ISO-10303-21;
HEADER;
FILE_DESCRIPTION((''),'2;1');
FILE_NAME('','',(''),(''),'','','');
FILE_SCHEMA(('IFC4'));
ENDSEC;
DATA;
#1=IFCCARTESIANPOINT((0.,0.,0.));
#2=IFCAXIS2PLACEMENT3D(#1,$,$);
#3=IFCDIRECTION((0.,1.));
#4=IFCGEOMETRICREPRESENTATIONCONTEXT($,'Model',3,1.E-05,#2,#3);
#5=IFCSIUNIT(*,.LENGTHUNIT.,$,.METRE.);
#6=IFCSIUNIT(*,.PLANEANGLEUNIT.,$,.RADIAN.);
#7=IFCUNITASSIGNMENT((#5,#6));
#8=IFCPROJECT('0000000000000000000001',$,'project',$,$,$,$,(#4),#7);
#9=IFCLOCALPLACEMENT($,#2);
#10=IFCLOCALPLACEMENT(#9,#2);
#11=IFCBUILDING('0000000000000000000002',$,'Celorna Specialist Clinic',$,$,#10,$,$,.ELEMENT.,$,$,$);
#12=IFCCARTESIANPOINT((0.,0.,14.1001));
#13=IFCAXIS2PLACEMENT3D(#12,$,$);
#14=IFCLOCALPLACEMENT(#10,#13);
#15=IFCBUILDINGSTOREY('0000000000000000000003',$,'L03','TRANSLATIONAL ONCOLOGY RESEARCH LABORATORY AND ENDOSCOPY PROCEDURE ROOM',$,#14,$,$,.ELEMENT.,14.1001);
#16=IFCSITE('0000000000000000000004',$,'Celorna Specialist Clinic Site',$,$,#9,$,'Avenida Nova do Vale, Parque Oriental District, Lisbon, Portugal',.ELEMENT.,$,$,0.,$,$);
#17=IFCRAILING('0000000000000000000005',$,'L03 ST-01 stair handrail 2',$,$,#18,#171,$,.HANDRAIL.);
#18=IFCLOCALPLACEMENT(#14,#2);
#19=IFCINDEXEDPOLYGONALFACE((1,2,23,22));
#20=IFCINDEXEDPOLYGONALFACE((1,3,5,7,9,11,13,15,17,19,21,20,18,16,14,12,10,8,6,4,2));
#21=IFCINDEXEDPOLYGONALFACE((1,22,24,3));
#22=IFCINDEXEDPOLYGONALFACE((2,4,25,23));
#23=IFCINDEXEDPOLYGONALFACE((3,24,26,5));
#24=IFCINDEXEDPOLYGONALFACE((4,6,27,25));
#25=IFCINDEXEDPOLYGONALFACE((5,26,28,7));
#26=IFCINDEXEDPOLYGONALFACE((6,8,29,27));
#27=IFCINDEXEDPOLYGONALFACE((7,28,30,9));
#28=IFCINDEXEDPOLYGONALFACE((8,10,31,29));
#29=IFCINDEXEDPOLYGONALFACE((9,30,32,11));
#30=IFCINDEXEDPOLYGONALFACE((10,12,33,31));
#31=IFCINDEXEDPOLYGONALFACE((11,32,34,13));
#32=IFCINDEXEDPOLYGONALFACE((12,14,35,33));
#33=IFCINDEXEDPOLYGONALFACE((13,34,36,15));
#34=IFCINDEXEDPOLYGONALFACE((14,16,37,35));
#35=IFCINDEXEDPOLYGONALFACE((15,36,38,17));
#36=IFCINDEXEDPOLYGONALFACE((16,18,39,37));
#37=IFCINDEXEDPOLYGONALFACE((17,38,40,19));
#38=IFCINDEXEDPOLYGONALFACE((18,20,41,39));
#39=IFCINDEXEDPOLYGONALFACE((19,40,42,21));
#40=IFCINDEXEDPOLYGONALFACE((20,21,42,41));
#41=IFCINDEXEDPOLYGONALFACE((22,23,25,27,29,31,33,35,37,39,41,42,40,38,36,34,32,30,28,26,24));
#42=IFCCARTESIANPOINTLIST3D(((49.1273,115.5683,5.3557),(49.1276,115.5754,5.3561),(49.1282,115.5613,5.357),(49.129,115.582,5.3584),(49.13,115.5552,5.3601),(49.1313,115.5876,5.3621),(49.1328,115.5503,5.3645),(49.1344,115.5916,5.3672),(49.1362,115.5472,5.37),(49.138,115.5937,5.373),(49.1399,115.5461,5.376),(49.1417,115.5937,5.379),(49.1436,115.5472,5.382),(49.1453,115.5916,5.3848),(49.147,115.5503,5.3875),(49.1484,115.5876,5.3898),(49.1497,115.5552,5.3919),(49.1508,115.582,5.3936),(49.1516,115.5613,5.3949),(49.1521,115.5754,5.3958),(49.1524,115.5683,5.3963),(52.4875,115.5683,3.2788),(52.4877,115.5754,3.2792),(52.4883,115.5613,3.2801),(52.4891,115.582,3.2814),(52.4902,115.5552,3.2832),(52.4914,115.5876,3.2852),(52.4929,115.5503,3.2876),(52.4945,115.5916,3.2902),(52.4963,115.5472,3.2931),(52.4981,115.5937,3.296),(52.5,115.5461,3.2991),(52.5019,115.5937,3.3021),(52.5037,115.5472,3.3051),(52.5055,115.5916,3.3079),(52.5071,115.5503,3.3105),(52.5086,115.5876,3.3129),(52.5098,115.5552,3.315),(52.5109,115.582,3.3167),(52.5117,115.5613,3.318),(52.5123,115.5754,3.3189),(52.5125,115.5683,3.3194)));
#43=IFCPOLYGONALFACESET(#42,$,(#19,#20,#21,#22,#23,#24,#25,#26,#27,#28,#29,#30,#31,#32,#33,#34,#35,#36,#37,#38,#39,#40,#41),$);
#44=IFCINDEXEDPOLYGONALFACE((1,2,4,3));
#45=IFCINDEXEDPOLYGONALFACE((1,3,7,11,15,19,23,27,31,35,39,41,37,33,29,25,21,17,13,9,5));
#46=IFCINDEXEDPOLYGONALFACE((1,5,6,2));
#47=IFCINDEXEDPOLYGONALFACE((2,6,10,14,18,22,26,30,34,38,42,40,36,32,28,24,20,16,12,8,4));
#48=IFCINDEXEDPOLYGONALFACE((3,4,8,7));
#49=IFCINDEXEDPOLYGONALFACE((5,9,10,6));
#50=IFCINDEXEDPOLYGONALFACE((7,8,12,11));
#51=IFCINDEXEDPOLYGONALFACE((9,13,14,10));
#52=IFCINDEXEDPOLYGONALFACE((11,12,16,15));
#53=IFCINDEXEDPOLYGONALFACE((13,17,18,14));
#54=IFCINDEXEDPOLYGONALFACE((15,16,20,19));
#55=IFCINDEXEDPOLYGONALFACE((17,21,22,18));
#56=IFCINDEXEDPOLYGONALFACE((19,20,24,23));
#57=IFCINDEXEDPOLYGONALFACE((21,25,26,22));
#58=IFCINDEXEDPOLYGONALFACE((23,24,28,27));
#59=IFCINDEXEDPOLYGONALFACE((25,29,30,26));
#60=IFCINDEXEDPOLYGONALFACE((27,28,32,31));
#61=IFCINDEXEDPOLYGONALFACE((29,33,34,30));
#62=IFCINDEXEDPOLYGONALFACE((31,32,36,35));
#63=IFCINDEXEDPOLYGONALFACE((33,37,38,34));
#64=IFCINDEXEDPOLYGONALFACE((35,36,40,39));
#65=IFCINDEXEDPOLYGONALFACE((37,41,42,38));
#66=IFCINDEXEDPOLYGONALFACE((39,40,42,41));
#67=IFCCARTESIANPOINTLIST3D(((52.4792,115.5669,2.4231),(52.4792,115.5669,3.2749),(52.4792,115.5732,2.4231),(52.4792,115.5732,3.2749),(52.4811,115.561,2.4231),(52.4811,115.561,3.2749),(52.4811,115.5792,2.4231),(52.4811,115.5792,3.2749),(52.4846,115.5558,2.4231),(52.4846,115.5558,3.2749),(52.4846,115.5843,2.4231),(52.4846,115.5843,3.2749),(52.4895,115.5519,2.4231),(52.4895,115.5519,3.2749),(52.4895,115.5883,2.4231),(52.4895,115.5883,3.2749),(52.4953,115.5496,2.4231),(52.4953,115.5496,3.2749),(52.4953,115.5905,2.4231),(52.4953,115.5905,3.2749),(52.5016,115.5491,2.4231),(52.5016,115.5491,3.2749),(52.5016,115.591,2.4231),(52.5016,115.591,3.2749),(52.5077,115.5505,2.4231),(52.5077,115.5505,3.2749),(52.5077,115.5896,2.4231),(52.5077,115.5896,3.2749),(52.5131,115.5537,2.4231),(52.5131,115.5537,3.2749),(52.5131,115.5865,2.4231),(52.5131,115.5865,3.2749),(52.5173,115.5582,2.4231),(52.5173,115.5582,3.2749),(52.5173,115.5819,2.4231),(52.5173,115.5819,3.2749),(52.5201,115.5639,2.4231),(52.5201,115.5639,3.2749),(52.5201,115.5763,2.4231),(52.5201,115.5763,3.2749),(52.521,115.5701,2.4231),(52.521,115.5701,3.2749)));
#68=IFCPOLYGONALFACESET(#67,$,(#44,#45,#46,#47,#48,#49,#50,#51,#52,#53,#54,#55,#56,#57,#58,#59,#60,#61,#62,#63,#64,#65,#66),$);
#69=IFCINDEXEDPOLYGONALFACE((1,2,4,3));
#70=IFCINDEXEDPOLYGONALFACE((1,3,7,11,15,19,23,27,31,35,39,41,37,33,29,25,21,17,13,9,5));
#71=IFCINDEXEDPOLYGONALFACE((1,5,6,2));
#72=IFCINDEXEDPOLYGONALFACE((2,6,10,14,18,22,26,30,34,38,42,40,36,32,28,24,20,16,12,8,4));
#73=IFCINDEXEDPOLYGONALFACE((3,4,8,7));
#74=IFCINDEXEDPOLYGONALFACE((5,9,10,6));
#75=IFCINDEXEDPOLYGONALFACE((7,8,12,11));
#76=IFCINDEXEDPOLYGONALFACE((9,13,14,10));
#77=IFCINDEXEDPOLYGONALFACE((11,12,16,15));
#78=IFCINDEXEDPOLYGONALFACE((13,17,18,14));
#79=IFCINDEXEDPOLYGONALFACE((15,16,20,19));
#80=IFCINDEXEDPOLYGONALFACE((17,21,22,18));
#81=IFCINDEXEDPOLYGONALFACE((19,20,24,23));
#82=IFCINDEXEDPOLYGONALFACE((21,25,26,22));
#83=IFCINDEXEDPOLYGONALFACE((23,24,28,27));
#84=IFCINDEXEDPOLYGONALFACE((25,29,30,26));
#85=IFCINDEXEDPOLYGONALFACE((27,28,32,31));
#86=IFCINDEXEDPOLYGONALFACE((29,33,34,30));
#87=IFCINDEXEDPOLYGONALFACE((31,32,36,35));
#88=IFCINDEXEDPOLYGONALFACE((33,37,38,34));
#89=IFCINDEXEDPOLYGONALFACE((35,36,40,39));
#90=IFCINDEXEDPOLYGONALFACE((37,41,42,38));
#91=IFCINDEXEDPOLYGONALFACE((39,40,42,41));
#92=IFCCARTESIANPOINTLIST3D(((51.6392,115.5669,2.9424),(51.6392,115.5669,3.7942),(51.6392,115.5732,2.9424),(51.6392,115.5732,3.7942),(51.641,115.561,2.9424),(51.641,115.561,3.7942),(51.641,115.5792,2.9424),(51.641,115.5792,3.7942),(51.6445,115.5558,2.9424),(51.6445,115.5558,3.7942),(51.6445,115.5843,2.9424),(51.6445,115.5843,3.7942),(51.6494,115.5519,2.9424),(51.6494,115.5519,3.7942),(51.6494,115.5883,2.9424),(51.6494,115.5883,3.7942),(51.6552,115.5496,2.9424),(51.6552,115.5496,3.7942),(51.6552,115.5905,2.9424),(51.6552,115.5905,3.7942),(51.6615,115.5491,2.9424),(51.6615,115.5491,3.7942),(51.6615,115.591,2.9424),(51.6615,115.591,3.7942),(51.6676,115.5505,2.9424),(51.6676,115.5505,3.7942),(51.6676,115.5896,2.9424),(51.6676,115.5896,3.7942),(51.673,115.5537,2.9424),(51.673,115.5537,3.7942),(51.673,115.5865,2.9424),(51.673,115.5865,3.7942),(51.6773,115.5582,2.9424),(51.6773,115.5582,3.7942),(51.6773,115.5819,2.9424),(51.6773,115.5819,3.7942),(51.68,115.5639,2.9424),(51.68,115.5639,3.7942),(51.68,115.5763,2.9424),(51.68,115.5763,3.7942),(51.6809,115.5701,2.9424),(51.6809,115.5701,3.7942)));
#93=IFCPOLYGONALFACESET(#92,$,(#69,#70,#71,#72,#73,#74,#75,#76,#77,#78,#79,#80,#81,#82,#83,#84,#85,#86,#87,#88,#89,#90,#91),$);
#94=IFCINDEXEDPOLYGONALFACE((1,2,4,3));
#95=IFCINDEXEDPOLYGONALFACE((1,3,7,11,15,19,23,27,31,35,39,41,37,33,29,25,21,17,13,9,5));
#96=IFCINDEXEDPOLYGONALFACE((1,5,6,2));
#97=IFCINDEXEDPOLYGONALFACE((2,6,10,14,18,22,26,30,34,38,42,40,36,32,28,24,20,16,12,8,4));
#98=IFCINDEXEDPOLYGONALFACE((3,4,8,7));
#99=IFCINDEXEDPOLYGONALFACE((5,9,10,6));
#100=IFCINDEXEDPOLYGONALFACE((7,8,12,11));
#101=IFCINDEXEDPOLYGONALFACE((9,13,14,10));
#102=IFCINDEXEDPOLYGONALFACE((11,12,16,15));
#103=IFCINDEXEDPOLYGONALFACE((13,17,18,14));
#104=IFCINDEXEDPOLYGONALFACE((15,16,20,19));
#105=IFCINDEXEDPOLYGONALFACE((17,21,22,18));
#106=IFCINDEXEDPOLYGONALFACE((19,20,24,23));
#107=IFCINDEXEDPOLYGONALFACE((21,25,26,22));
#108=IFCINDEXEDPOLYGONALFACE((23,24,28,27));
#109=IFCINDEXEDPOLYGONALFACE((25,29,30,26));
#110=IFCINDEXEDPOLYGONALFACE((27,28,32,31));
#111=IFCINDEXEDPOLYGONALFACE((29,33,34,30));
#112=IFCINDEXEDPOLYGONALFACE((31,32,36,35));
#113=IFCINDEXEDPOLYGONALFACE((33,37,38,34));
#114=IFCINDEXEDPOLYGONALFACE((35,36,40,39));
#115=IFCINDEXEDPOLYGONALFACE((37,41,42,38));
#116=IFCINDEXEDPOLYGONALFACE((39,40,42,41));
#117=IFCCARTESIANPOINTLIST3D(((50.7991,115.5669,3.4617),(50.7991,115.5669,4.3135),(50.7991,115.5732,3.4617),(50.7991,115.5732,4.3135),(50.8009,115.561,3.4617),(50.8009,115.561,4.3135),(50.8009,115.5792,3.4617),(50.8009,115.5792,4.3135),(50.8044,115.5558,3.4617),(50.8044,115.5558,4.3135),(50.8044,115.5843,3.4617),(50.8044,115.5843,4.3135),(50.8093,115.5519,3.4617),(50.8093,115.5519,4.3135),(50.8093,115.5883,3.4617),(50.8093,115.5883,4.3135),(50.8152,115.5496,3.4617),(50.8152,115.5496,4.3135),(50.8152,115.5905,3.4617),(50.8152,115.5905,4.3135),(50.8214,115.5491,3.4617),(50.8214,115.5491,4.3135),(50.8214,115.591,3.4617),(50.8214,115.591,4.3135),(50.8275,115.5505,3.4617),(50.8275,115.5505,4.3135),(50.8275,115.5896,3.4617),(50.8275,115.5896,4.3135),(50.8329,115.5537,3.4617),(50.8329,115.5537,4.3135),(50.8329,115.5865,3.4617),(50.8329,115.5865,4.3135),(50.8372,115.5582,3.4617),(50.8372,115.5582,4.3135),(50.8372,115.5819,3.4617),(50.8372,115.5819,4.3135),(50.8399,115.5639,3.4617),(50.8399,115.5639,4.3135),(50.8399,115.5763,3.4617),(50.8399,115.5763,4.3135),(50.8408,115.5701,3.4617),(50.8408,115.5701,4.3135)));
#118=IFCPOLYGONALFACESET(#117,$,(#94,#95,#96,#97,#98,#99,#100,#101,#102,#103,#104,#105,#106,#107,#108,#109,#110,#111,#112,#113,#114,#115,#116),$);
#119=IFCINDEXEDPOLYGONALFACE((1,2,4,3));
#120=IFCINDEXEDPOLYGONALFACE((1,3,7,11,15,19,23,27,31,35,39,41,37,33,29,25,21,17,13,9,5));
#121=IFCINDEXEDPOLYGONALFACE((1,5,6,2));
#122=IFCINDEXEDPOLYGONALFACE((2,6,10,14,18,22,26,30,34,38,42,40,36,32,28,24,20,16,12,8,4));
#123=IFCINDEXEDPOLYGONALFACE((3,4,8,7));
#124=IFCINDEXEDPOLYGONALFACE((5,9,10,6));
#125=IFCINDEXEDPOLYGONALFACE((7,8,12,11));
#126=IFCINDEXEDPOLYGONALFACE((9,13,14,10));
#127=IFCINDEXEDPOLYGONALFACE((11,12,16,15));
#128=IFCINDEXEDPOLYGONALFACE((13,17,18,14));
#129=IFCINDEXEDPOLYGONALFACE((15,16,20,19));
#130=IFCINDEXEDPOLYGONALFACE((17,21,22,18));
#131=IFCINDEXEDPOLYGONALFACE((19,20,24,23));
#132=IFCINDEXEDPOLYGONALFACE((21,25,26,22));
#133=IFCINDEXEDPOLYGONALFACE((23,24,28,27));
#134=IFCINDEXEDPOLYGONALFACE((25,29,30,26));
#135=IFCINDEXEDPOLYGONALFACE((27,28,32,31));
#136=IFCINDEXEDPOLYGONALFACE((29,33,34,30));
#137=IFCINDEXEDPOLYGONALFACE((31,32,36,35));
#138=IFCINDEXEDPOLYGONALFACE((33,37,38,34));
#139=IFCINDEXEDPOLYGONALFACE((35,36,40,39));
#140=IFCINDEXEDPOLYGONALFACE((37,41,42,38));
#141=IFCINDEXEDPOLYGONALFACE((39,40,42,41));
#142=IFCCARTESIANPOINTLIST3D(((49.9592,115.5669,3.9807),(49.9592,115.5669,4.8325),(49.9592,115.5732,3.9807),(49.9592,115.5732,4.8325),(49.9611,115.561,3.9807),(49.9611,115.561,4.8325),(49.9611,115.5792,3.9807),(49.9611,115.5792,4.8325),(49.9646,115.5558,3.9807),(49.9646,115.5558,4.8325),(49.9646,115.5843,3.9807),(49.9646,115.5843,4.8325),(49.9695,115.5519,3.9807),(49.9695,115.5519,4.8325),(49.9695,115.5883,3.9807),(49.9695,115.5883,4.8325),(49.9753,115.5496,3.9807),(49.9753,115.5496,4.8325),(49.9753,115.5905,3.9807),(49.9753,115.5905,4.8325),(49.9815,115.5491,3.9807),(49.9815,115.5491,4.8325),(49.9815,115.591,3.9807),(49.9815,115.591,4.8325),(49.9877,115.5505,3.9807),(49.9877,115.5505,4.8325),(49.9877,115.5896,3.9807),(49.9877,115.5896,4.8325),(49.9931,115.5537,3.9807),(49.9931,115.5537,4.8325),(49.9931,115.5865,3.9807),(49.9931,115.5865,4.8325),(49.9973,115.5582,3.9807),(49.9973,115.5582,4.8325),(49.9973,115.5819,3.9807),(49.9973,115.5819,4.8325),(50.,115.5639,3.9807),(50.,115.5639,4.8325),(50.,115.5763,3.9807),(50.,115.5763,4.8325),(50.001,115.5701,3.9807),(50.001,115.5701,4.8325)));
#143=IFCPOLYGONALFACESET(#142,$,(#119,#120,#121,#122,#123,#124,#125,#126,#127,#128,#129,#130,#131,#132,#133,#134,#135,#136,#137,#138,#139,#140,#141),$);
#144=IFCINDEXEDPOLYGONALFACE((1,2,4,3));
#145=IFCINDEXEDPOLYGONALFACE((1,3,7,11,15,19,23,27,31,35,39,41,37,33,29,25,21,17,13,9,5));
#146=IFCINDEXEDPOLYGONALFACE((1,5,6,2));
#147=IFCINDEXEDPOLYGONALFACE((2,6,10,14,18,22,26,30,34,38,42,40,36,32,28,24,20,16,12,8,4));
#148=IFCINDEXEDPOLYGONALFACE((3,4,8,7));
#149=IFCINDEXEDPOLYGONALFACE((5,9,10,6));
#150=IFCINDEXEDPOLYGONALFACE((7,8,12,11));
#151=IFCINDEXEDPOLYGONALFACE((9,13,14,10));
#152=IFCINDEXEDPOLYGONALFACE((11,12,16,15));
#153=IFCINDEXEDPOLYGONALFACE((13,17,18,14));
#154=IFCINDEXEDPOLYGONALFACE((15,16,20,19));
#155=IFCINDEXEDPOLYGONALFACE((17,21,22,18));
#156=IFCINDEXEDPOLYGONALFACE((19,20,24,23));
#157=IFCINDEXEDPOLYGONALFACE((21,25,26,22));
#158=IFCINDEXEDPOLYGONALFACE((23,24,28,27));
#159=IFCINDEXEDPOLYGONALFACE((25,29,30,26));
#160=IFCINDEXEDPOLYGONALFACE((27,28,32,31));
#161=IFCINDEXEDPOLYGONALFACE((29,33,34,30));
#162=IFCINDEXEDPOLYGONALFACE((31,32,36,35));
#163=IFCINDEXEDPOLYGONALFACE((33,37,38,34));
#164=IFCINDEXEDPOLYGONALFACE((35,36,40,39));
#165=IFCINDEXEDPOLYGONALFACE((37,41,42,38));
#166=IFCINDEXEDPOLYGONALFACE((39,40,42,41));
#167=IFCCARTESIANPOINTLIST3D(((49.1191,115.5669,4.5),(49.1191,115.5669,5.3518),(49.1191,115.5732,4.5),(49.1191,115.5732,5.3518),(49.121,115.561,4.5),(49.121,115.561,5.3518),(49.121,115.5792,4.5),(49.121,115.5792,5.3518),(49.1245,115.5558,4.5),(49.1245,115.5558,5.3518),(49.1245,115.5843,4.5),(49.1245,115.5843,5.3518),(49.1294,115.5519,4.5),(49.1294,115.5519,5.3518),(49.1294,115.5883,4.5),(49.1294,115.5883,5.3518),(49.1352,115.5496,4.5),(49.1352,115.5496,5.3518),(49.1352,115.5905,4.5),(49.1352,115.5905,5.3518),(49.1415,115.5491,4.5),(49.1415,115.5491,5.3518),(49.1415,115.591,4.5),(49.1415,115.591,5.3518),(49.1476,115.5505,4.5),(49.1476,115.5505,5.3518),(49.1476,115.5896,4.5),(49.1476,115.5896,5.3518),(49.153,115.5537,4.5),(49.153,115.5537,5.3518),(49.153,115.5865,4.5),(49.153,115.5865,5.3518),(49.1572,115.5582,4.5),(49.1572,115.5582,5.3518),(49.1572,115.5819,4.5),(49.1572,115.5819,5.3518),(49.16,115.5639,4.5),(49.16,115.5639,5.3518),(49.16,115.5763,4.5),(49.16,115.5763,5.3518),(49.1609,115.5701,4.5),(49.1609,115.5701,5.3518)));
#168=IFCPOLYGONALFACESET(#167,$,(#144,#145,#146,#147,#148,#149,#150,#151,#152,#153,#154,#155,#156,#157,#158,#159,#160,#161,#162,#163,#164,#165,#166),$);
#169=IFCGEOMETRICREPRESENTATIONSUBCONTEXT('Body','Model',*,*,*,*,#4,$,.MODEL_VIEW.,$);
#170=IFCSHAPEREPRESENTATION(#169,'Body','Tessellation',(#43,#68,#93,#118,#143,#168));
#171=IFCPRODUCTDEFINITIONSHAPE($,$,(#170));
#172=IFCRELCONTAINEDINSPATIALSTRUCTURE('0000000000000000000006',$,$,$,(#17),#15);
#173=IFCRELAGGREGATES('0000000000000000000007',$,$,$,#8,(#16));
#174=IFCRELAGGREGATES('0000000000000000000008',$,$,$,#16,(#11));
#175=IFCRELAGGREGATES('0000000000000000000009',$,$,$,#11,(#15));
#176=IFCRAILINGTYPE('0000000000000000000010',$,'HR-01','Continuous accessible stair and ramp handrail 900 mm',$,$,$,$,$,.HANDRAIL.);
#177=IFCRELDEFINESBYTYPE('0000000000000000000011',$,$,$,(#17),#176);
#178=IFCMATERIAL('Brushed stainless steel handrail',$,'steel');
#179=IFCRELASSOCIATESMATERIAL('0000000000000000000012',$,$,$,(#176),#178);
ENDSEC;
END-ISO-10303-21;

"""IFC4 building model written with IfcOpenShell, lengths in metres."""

from ifc_helpers import new_model, si_unit, direction, frame, origin, origin_2d, place, context, subcontext, project, spatial, circle, extrude, material, type_object, element, save


model = new_model("IFC4")

# Units and contexts
model_context = context("Model", 3, precision=1e-05, world=origin(), true_north=direction((0.0, 1.0)))
body_context = subcontext(model_context, "Body", "Model", "MODEL_VIEW")
ifc_project = project(units=[si_unit("LENGTHUNIT", "METRE"), si_unit("PLANEANGLEUNIT", "RADIAN")], contexts=[model_context])

# Site, building, storey
site_placement = place(None, origin())
site = spatial("IfcSite", under=ifc_project, at=site_placement, Name="Celorna Specialist Clinic Site", LongName="Avenida Nova do Vale, Parque Oriental District, Lisbon, Portugal", CompositionType="ELEMENT", RefElevation=0.0)
building_placement = place(site_placement, origin())
building = spatial("IfcBuilding", under=site, at=building_placement, Name="Celorna Specialist Clinic", CompositionType="ELEMENT")
storey_placement = place(building_placement, frame((0.0, 0.0, 14.1001)))
storey = spatial("IfcBuildingStorey", under=building, at=storey_placement, Name="L03", Description="TRANSLATIONAL ONCOLOGY RESEARCH LABORATORY AND ENDOSCOPY PROCEDURE ROOM", CompositionType="ELEMENT", Elevation=14.1001)

# Railing
ifc_material_1 = material(Name="Brushed stainless steel handrail", Category="steel")
railing_type_1 = type_object("IfcRailingType", Name="HR-01", Description="Continuous accessible stair and ramp handrail 900 mm", PredefinedType="HANDRAIL", material=ifc_material_1)
railing_1_placement = place(storey_placement, frame((52.5, 115.5701, 2.4231)))
element("IfcRailing", 1, at=railing_1_placement, inside=storey, type_object=railing_type_1, Name="L03 ST-01 stair handrail 2", PredefinedType="HANDRAIL", context=body_context, shape_type="SweptSolid", body=[
    extrude(circle(Radius=0.0239, at=origin_2d()), frame((0.0, 0.0, 0.876), z_axis=(-0.850623, 0.0, 0.525776), x_axis=(0.0, -1.0, 0.0)), (0.0, 0.0, 1.0), 3.9502),
    extrude(circle(Radius=0.021, at=origin_2d()), origin(), (0.0, 0.0, 1.0), 0.8518),
    extrude(circle(Radius=0.021, at=origin_2d()), frame((-0.8401, 0.0, 0.5193)), (0.0, 0.0, 1.0), 0.8518),
    extrude(circle(Radius=0.021, at=origin_2d()), frame((-1.6802, 0.0, 1.0386)), (0.0, 0.0, 1.0), 0.8518),
    extrude(circle(Radius=0.021, at=origin_2d()), frame((-2.52, 0.0, 1.5576)), (0.0, 0.0, 1.0), 0.8518),
    extrude(circle(Radius=0.021, at=origin_2d()), frame((-3.3601, 0.0, 2.0769)), (0.0, 0.0, 1.0), 0.8518),
])

save(model, "model.ifc")
